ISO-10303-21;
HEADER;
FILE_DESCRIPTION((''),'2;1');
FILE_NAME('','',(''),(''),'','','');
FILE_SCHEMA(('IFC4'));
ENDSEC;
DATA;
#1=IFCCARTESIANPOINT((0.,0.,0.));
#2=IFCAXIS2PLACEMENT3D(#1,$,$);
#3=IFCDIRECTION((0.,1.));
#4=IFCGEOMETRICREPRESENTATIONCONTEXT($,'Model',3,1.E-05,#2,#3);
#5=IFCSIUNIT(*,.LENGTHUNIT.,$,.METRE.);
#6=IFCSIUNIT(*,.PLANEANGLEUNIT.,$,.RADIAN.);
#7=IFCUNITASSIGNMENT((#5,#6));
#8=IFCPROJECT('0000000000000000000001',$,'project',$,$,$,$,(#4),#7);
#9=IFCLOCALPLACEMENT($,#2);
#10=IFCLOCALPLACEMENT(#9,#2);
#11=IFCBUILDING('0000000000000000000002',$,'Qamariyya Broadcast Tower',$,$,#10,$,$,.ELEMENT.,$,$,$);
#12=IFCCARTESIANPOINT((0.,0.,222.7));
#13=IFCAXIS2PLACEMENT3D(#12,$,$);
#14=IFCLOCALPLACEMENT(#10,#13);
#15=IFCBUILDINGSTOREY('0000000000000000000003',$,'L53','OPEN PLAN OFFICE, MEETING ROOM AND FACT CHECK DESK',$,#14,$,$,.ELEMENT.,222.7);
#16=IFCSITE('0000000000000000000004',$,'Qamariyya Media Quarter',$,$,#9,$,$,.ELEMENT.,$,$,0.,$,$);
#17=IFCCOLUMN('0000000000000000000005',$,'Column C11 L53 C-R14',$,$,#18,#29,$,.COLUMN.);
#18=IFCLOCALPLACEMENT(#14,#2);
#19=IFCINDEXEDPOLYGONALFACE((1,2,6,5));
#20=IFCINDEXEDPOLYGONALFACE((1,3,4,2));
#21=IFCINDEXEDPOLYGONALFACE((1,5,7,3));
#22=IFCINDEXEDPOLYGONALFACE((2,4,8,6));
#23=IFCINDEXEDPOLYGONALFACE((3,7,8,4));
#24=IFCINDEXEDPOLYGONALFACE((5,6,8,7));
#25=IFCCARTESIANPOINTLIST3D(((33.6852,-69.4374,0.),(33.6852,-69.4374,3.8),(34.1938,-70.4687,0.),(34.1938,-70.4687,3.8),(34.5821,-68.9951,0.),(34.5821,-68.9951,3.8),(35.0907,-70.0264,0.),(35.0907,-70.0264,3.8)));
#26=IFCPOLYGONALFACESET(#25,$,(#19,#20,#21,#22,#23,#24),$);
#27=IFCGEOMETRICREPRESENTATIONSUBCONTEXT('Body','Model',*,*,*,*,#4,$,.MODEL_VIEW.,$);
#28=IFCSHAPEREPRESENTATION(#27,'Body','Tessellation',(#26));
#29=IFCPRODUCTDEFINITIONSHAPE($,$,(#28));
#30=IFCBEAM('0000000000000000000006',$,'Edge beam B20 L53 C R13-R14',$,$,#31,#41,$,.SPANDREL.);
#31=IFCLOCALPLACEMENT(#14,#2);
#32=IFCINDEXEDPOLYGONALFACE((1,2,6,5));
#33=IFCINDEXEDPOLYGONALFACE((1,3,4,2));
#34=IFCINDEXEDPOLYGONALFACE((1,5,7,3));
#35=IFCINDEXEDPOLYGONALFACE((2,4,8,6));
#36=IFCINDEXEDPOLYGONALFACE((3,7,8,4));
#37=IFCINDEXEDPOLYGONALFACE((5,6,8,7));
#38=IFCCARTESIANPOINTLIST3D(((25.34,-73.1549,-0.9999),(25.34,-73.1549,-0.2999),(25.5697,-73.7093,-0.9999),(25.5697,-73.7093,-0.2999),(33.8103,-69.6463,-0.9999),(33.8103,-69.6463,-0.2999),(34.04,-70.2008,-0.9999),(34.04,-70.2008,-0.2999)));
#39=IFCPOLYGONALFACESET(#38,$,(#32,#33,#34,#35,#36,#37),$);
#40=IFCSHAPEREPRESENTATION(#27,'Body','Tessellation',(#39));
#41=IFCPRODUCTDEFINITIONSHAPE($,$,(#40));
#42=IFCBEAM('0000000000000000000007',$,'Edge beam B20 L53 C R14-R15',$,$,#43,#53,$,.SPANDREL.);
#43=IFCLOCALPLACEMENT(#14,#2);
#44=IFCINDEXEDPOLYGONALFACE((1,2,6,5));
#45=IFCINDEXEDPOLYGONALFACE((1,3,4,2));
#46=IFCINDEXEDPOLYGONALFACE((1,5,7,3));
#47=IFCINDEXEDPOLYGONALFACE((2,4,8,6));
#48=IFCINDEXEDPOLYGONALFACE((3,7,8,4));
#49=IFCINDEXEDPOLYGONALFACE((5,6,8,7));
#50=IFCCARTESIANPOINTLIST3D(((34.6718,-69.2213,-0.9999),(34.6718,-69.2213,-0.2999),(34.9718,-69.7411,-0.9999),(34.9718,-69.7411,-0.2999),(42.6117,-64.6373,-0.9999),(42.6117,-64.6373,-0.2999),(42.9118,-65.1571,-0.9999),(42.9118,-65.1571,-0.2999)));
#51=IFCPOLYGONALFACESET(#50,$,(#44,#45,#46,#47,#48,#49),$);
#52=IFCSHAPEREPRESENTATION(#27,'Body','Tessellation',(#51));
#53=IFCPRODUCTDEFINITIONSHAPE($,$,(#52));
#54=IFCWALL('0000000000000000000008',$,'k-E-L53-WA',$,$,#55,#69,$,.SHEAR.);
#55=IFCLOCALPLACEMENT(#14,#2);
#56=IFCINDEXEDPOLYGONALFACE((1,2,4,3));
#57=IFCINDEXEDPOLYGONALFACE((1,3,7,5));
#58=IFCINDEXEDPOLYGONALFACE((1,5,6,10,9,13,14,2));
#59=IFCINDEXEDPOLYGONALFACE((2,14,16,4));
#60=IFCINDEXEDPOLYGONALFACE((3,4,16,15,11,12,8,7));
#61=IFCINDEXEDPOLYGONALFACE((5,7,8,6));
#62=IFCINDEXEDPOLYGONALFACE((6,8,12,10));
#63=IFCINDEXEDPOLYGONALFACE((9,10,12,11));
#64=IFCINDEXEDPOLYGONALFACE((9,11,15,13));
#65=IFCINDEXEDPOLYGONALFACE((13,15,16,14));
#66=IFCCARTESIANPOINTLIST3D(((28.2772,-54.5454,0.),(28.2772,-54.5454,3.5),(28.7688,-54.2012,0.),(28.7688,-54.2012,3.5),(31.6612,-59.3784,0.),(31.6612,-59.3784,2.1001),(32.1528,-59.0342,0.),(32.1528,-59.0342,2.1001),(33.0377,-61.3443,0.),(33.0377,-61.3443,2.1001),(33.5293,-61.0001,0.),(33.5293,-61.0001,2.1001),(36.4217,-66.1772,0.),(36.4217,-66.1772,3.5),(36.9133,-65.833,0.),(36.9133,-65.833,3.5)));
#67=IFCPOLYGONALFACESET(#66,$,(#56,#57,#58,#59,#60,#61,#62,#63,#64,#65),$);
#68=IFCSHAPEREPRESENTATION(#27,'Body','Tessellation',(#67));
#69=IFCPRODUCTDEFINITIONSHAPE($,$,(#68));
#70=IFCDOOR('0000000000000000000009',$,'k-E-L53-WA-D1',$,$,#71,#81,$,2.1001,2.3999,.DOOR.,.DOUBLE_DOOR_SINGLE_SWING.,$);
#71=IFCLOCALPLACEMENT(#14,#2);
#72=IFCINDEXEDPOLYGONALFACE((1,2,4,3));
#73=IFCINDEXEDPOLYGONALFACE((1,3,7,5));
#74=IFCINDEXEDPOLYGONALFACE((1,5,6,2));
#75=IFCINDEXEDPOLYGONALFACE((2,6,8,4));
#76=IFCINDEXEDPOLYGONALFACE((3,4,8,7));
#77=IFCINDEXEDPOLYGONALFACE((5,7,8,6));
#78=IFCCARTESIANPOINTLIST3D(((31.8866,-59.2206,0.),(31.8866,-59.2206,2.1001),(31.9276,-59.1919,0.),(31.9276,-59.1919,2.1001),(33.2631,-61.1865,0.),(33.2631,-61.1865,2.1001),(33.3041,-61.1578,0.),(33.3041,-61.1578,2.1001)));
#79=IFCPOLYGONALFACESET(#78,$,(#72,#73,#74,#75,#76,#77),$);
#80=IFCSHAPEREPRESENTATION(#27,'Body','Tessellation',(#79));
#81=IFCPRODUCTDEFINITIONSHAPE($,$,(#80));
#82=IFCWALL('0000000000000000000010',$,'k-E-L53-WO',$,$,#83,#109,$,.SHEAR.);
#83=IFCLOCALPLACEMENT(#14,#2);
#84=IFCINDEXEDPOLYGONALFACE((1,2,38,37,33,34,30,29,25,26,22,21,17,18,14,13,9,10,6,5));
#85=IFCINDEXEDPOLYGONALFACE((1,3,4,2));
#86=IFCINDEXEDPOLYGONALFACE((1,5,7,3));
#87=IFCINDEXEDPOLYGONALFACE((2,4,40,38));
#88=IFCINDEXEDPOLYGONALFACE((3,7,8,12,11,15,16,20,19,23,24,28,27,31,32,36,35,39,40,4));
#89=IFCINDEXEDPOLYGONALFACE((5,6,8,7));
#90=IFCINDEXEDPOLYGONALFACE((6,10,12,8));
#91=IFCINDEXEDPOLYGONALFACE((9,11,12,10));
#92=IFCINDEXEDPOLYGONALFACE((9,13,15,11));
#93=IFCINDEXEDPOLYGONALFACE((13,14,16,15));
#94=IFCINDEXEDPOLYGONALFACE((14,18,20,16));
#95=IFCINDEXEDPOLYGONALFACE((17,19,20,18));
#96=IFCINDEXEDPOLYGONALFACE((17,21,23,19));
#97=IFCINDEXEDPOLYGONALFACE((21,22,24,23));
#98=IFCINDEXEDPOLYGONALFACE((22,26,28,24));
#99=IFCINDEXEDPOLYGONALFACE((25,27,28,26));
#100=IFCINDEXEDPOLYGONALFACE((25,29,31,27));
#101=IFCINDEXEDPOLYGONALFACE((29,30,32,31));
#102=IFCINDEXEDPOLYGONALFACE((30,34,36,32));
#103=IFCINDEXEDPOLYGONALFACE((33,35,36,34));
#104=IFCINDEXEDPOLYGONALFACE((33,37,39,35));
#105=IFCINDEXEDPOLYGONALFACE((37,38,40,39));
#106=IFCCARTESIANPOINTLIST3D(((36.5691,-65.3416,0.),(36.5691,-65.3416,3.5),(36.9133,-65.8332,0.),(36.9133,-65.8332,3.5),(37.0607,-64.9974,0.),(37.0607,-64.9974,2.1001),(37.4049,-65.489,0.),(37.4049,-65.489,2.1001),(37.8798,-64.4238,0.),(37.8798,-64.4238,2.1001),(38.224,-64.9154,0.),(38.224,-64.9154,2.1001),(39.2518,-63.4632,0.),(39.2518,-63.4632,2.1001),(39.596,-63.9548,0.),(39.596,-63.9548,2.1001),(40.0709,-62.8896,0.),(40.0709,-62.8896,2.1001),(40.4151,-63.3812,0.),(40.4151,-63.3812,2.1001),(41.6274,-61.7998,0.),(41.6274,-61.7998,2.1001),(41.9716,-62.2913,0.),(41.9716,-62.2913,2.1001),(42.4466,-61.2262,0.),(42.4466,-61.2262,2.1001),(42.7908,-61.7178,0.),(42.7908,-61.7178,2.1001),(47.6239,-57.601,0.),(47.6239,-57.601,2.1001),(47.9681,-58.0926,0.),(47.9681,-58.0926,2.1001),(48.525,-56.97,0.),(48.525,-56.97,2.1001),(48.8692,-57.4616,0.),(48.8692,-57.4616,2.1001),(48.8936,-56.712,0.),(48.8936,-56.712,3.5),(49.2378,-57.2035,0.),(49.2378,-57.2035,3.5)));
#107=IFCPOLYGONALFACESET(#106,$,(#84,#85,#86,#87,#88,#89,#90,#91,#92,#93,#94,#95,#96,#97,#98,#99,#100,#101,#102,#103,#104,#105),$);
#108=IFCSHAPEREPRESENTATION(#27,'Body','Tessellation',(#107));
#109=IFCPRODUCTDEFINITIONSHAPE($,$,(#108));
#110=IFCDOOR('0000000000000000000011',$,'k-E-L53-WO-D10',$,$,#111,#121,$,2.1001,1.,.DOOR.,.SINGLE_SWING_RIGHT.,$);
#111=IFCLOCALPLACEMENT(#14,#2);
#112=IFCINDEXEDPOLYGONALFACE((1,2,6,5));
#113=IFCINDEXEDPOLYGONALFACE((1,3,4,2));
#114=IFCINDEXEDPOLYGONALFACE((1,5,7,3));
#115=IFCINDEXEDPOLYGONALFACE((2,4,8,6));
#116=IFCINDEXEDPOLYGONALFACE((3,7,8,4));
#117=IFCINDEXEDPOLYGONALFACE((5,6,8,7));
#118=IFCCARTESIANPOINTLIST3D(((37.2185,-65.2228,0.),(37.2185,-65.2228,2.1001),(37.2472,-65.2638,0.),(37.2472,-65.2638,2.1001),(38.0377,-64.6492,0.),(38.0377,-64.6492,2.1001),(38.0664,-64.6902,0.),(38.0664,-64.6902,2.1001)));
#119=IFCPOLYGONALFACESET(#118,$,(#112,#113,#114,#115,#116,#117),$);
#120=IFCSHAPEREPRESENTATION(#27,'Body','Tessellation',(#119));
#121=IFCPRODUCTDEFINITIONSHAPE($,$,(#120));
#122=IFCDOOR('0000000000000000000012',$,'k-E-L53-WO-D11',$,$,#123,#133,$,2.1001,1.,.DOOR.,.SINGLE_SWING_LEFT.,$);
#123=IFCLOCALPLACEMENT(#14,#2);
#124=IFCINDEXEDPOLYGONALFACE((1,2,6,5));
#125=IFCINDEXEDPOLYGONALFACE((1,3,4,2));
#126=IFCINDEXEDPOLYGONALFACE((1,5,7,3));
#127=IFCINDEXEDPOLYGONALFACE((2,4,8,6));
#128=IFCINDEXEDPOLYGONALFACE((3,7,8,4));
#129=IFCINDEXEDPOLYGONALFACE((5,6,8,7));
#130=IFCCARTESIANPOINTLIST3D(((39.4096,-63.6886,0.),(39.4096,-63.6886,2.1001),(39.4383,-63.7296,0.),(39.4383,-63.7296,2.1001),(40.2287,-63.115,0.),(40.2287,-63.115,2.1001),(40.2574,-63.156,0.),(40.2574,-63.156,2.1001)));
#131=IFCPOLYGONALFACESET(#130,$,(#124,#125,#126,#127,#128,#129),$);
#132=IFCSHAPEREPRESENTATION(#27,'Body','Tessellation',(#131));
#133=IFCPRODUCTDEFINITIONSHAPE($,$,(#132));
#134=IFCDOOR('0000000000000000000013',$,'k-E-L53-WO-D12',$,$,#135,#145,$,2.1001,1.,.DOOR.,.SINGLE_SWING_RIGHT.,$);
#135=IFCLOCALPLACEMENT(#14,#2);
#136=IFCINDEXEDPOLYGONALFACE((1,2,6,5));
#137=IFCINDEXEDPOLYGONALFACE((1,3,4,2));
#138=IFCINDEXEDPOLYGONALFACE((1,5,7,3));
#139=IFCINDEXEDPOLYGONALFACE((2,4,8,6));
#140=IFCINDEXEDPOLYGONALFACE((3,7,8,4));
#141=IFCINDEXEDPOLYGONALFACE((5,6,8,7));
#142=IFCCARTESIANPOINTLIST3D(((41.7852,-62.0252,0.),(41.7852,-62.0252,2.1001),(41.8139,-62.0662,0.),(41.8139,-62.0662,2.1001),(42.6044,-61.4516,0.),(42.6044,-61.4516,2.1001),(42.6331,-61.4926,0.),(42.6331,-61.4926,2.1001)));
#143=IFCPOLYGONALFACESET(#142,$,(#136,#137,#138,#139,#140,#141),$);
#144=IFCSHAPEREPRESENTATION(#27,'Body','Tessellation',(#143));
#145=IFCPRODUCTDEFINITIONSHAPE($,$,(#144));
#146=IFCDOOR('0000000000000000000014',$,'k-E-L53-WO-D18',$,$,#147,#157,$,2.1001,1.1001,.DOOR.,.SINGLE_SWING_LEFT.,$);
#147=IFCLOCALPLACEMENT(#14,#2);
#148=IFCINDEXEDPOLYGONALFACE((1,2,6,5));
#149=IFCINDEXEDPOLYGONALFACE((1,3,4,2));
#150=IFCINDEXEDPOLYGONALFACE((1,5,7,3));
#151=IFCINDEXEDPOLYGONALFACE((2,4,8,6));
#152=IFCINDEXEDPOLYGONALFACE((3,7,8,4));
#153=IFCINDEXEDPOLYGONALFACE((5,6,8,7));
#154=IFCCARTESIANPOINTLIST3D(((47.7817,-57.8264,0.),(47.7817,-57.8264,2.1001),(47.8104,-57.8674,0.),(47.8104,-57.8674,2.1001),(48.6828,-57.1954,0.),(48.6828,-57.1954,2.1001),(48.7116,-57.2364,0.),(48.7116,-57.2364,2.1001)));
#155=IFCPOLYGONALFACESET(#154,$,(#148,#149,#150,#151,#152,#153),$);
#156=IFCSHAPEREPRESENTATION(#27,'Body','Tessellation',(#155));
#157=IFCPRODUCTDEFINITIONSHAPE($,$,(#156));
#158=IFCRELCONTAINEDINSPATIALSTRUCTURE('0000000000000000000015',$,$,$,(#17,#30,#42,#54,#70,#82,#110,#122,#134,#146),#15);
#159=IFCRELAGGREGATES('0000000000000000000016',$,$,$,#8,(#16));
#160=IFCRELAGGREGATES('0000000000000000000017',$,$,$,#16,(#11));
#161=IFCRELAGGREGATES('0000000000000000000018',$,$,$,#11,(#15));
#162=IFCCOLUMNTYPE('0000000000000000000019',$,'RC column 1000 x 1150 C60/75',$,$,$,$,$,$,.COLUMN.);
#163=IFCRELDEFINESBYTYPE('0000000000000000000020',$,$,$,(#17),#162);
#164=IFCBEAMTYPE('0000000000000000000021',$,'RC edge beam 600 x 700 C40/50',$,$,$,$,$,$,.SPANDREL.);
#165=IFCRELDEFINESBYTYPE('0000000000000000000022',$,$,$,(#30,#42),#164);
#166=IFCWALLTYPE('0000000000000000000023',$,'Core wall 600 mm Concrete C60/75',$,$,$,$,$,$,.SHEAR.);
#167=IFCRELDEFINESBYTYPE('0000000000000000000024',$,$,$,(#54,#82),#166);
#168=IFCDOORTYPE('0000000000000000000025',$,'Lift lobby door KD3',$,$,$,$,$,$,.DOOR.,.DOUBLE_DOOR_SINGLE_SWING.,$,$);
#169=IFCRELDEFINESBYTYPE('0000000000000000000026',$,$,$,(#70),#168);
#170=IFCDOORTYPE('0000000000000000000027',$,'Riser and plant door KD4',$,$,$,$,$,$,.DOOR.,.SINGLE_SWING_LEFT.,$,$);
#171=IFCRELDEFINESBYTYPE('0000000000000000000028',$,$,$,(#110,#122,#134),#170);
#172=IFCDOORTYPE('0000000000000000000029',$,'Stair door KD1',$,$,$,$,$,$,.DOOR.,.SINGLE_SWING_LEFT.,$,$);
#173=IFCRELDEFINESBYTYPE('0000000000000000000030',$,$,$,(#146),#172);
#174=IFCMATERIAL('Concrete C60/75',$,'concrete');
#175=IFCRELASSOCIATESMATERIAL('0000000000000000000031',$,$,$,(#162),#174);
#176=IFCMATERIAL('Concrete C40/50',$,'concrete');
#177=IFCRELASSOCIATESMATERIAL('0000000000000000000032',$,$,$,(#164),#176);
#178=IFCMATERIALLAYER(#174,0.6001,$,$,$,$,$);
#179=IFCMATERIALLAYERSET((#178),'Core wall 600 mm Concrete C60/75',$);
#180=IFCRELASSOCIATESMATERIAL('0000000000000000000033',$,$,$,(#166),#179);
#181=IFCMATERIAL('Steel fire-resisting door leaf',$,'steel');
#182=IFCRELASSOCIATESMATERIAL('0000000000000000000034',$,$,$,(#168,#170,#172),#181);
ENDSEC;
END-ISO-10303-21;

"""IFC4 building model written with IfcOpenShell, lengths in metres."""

from ifc_helpers import new_model, si_unit, direction, frame, frame_2d, origin, origin_2d, place, context, subcontext, project, spatial, rectangle, extrude, material, layer, layer_set, material_profile, profile_set, type_object, element, fill, save


model = new_model("IFC4")

# Units and contexts
model_context = context("Model", 3, precision=1e-05, world=origin(), true_north=direction((0.0, 1.0)))
body_context = subcontext(model_context, "Body", "Model", "MODEL_VIEW")
ifc_project = project(units=[si_unit("LENGTHUNIT", "METRE"), si_unit("PLANEANGLEUNIT", "RADIAN")], contexts=[model_context])

# Site, building, storey
site_placement = place(None, origin())
site = spatial("IfcSite", under=ifc_project, at=site_placement, Name="Qamariyya Media Quarter", CompositionType="ELEMENT", RefElevation=0.0)
building_placement = place(site_placement, origin())
building = spatial("IfcBuilding", under=site, at=building_placement, Name="Qamariyya Broadcast Tower", CompositionType="ELEMENT")
storey_placement = place(building_placement, frame((0.0, 0.0, 222.7)))
storey = spatial("IfcBuildingStorey", under=building, at=storey_placement, Name="L53", Description="OPEN PLAN OFFICE, MEETING ROOM AND FACT CHECK DESK", CompositionType="ELEMENT", Elevation=222.7)

# Column
ifc_material_1 = material(Name="Concrete C60/75", Category="concrete")
ifc_material_profile_1 = material_profile(ifc_material_1, rectangle(XDim=1.0, YDim=1.1499, at=origin_2d()))
ifc_profile_set_1 = profile_set([ifc_material_profile_1], Name="Concrete C60/75")
column_type = type_object("IfcColumnType", Name="RC column 1000 x 1150 C60/75", PredefinedType="COLUMN", material=ifc_profile_set_1)
column_placement = place(storey_placement, frame((34.3879, -69.7319, 0.0), z_axis=(0.0, 0.0, 1.0), x_axis=(0.896873, 0.442289, 0.0)))
element("IfcColumn", 1, at=column_placement, inside=storey, type_object=column_type, Name="Column C11 L53 C-R14", PredefinedType="COLUMN", context=body_context, shape_type="SweptSolid", body=[
    extrude(rectangle(XDim=1.0, YDim=1.1499, at=origin_2d()), origin(), (0.0, 0.0, 1.0), 3.8),
])

# Beams
ifc_material_2 = material(Name="Concrete C40/50", Category="concrete")
ifc_material_profile_2 = material_profile(ifc_material_2, rectangle(XDim=0.6001, YDim=0.7, at=origin_2d()))
ifc_profile_set_2 = profile_set([ifc_material_profile_2], Name="Concrete C40/50")
beam_type = type_object("IfcBeamType", Name="RC edge beam 600 x 700 C40/50", PredefinedType="SPANDREL", material=ifc_profile_set_2)
for number, where, z_axis, x_axis, name in (
    (2, (25.4548, -73.4321, -0.6499), (0.923877, 0.38269, 0.0), (-0.38269, 0.923877, 0.0), "Edge beam B20 L53 C R13-R14"),
    (3, (34.8218, -69.4812, -0.6499), (0.866032, 0.499988, 0.0), (-0.499988, 0.866032, 0.0), "Edge beam B20 L53 C R14-R15"),
):
    element("IfcBeam", number, at=place(storey_placement, frame(where, z_axis=z_axis, x_axis=x_axis)), inside=storey, type_object=beam_type, Name=name, PredefinedType="SPANDREL", context=body_context, shape_type="SweptSolid", body=[
        extrude(rectangle(XDim=0.6001, YDim=0.7, at=origin_2d()), origin(), (0.0, 0.0, 1.0), 9.1682),
    ])

# Wall, opening, door
ifc_layer_1 = layer(ifc_material_1, 0.6001)
ifc_layer_set_1 = layer_set([ifc_layer_1], Name="Core wall 600 mm Concrete C60/75")
wall_type_1 = type_object("IfcWallType", Name="Core wall 600 mm Concrete C60/75", PredefinedType="SHEAR", material=ifc_layer_set_1)
wall_1_placement = place(storey_placement, frame((36.6675, -66.0051, 0.0), z_axis=(0.0, 0.0, 1.0), x_axis=(-0.573568, 0.819158, 0.0)))
wall_1 = element("IfcWall", 4, at=wall_1_placement, inside=storey, type_object=wall_type_1, Name="k-E-L53-WA", PredefinedType="SHEAR", context=body_context, shape_type="SweptSolid", body=[
    extrude(rectangle(XDim=14.1997, YDim=0.6001, at=frame_2d((7.0999, 0.0))), origin(), (0.0, 0.0, 1.0), 3.5),
])
opening_1_placement = place(wall_1_placement, frame((5.8999, 0.0, 0.0)))
opening_1 = element("IfcOpeningElement", 5, at=opening_1_placement, cuts=wall_1, PredefinedType="OPENING", context=body_context, shape_type="SweptSolid", body=[
    extrude(rectangle(XDim=2.3999, YDim=2.1001, at=frame_2d((1.2, 1.05))), frame((0.0, 0.3101, 0.0), z_axis=(0.0, -1.0, 0.0), x_axis=(1.0, 0.0, 0.0)), (0.0, 0.0, 1.0), 0.6201),
])
ifc_material_3 = material(Name="Steel fire-resisting door leaf", Category="steel")
door_type_1 = type_object("IfcDoorType", Name="Lift lobby door KD3", OperationType="DOUBLE_DOOR_SINGLE_SWING", PredefinedType="DOOR", material=ifc_material_3)
door_1_placement = place(opening_1_placement, origin())
door_1 = element("IfcDoor", 6, at=door_1_placement, inside=storey, type_object=door_type_1, Name="k-E-L53-WA-D1", OperationType="DOUBLE_DOOR_SINGLE_SWING", OverallHeight=2.1001, OverallWidth=2.3999, PredefinedType="DOOR", context=body_context, shape_type="SweptSolid", body=[
    extrude(rectangle(XDim=2.3999, YDim=2.1001, at=frame_2d((1.2, 1.05))), frame((0.0, 0.0249, 0.0), z_axis=(0.0, -1.0, 0.0), x_axis=(1.0, 0.0, 0.0)), (0.0, 0.0, 1.0), 0.05),
])
fill(opening_1, door_1)

# Wall, openings, doors
wall_2_placement = place(storey_placement, frame((36.7412, -65.5874, 0.0), z_axis=(0.0, 0.0, 1.0), x_axis=(0.819153, 0.573575, 0.0)))
wall_2 = element("IfcWall", 7, at=wall_2_placement, inside=storey, type_object=wall_type_1, Name="k-E-L53-WO", PredefinedType="SHEAR", context=body_context, shape_type="SweptSolid", body=[
    extrude(rectangle(XDim=15.0454, YDim=0.6001, at=frame_2d((7.5227, 0.0))), origin(), (0.0, 0.0, 1.0), 3.5),
])
opening_2_placement = place(wall_2_placement, frame((0.6001, 0.0, 0.0)))
opening_2 = element("IfcOpeningElement", 8, at=opening_2_placement, cuts=wall_2, PredefinedType="OPENING", context=body_context, shape_type="SweptSolid", body=[
    extrude(rectangle(XDim=1.0, YDim=2.1001, at=frame_2d((0.5, 1.05))), frame((0.0, 0.3101, 0.0), z_axis=(0.0, -1.0, 0.0), x_axis=(1.0, 0.0, 0.0)), (0.0, 0.0, 1.0), 0.6201),
])
opening_3_placement = place(wall_2_placement, frame((3.2749, 0.0, 0.0)))
opening_3 = element("IfcOpeningElement", 9, at=opening_3_placement, cuts=wall_2, PredefinedType="OPENING", context=body_context, shape_type="SweptSolid", body=[
    extrude(rectangle(XDim=1.0, YDim=2.1001, at=frame_2d((0.5, 1.05))), frame((0.0, 0.3101, 0.0), z_axis=(0.0, -1.0, 0.0), x_axis=(1.0, 0.0, 0.0)), (0.0, 0.0, 1.0), 0.6201),
])
opening_4_placement = place(wall_2_placement, frame((6.175, 0.0, 0.0)))
opening_4 = element("IfcOpeningElement", 10, at=opening_4_placement, cuts=wall_2, PredefinedType="OPENING", context=body_context, shape_type="SweptSolid", body=[
    extrude(rectangle(XDim=1.0, YDim=2.1001, at=frame_2d((0.5, 1.05))), frame((0.0, 0.3101, 0.0), z_axis=(0.0, -1.0, 0.0), x_axis=(1.0, 0.0, 0.0)), (0.0, 0.0, 1.0), 0.6201),
])
opening_5_placement = place(wall_2_placement, frame((13.4954, 0.0, 0.0)))
opening_5 = element("IfcOpeningElement", 11, at=opening_5_placement, cuts=wall_2, PredefinedType="OPENING", context=body_context, shape_type="SweptSolid", body=[
    extrude(rectangle(XDim=1.1001, YDim=2.1001, at=frame_2d((0.55, 1.05))), frame((0.0, 0.3101, 0.0), z_axis=(0.0, -1.0, 0.0), x_axis=(1.0, 0.0, 0.0)), (0.0, 0.0, 1.0), 0.6201),
])
door_type_2 = type_object("IfcDoorType", Name="Riser and plant door KD4", OperationType="SINGLE_SWING_LEFT", PredefinedType="DOOR", material=ifc_material_3)
door_2_placement = place(opening_2_placement, origin())
door_2 = element("IfcDoor", 12, at=door_2_placement, inside=storey, type_object=door_type_2, Name="k-E-L53-WO-D10", OperationType="SINGLE_SWING_RIGHT", OverallHeight=2.1001, OverallWidth=1.0, PredefinedType="DOOR", context=body_context, shape_type="SweptSolid", body=[
    extrude(rectangle(XDim=1.0, YDim=2.1001, at=frame_2d((0.5, 1.05))), frame((0.0, 0.0249, 0.0), z_axis=(0.0, -1.0, 0.0), x_axis=(1.0, 0.0, 0.0)), (0.0, 0.0, 1.0), 0.05),
])
fill(opening_2, door_2)
door_3_placement = place(opening_3_placement, origin())
door_3 = element("IfcDoor", 13, at=door_3_placement, inside=storey, type_object=door_type_2, Name="k-E-L53-WO-D11", OperationType="SINGLE_SWING_LEFT", OverallHeight=2.1001, OverallWidth=1.0, PredefinedType="DOOR", context=body_context, shape_type="SweptSolid", body=[
    extrude(rectangle(XDim=1.0, YDim=2.1001, at=frame_2d((0.5, 1.05))), frame((0.0, 0.0249, 0.0), z_axis=(0.0, -1.0, 0.0), x_axis=(1.0, 0.0, 0.0)), (0.0, 0.0, 1.0), 0.05),
])
fill(opening_3, door_3)
door_4_placement = place(opening_4_placement, origin())
door_4 = element("IfcDoor", 14, at=door_4_placement, inside=storey, type_object=door_type_2, Name="k-E-L53-WO-D12", OperationType="SINGLE_SWING_RIGHT", OverallHeight=2.1001, OverallWidth=1.0, PredefinedType="DOOR", context=body_context, shape_type="SweptSolid", body=[
    extrude(rectangle(XDim=1.0, YDim=2.1001, at=frame_2d((0.5, 1.05))), frame((0.0, 0.0249, 0.0), z_axis=(0.0, -1.0, 0.0), x_axis=(1.0, 0.0, 0.0)), (0.0, 0.0, 1.0), 0.05),
])
fill(opening_4, door_4)
door_type_3 = type_object("IfcDoorType", Name="Stair door KD1", OperationType="SINGLE_SWING_LEFT", PredefinedType="DOOR", material=ifc_material_3)
door_5_placement = place(opening_5_placement, origin())
door_5 = element("IfcDoor", 15, at=door_5_placement, inside=storey, type_object=door_type_3, Name="k-E-L53-WO-D18", OperationType="SINGLE_SWING_LEFT", OverallHeight=2.1001, OverallWidth=1.1001, PredefinedType="DOOR", context=body_context, shape_type="SweptSolid", body=[
    extrude(rectangle(XDim=1.1001, YDim=2.1001, at=frame_2d((0.55, 1.05))), frame((0.0, 0.0249, 0.0), z_axis=(0.0, -1.0, 0.0), x_axis=(1.0, 0.0, 0.0)), (0.0, 0.0, 1.0), 0.05),
])
fill(opening_5, door_5)

save(model, "model.ifc")
